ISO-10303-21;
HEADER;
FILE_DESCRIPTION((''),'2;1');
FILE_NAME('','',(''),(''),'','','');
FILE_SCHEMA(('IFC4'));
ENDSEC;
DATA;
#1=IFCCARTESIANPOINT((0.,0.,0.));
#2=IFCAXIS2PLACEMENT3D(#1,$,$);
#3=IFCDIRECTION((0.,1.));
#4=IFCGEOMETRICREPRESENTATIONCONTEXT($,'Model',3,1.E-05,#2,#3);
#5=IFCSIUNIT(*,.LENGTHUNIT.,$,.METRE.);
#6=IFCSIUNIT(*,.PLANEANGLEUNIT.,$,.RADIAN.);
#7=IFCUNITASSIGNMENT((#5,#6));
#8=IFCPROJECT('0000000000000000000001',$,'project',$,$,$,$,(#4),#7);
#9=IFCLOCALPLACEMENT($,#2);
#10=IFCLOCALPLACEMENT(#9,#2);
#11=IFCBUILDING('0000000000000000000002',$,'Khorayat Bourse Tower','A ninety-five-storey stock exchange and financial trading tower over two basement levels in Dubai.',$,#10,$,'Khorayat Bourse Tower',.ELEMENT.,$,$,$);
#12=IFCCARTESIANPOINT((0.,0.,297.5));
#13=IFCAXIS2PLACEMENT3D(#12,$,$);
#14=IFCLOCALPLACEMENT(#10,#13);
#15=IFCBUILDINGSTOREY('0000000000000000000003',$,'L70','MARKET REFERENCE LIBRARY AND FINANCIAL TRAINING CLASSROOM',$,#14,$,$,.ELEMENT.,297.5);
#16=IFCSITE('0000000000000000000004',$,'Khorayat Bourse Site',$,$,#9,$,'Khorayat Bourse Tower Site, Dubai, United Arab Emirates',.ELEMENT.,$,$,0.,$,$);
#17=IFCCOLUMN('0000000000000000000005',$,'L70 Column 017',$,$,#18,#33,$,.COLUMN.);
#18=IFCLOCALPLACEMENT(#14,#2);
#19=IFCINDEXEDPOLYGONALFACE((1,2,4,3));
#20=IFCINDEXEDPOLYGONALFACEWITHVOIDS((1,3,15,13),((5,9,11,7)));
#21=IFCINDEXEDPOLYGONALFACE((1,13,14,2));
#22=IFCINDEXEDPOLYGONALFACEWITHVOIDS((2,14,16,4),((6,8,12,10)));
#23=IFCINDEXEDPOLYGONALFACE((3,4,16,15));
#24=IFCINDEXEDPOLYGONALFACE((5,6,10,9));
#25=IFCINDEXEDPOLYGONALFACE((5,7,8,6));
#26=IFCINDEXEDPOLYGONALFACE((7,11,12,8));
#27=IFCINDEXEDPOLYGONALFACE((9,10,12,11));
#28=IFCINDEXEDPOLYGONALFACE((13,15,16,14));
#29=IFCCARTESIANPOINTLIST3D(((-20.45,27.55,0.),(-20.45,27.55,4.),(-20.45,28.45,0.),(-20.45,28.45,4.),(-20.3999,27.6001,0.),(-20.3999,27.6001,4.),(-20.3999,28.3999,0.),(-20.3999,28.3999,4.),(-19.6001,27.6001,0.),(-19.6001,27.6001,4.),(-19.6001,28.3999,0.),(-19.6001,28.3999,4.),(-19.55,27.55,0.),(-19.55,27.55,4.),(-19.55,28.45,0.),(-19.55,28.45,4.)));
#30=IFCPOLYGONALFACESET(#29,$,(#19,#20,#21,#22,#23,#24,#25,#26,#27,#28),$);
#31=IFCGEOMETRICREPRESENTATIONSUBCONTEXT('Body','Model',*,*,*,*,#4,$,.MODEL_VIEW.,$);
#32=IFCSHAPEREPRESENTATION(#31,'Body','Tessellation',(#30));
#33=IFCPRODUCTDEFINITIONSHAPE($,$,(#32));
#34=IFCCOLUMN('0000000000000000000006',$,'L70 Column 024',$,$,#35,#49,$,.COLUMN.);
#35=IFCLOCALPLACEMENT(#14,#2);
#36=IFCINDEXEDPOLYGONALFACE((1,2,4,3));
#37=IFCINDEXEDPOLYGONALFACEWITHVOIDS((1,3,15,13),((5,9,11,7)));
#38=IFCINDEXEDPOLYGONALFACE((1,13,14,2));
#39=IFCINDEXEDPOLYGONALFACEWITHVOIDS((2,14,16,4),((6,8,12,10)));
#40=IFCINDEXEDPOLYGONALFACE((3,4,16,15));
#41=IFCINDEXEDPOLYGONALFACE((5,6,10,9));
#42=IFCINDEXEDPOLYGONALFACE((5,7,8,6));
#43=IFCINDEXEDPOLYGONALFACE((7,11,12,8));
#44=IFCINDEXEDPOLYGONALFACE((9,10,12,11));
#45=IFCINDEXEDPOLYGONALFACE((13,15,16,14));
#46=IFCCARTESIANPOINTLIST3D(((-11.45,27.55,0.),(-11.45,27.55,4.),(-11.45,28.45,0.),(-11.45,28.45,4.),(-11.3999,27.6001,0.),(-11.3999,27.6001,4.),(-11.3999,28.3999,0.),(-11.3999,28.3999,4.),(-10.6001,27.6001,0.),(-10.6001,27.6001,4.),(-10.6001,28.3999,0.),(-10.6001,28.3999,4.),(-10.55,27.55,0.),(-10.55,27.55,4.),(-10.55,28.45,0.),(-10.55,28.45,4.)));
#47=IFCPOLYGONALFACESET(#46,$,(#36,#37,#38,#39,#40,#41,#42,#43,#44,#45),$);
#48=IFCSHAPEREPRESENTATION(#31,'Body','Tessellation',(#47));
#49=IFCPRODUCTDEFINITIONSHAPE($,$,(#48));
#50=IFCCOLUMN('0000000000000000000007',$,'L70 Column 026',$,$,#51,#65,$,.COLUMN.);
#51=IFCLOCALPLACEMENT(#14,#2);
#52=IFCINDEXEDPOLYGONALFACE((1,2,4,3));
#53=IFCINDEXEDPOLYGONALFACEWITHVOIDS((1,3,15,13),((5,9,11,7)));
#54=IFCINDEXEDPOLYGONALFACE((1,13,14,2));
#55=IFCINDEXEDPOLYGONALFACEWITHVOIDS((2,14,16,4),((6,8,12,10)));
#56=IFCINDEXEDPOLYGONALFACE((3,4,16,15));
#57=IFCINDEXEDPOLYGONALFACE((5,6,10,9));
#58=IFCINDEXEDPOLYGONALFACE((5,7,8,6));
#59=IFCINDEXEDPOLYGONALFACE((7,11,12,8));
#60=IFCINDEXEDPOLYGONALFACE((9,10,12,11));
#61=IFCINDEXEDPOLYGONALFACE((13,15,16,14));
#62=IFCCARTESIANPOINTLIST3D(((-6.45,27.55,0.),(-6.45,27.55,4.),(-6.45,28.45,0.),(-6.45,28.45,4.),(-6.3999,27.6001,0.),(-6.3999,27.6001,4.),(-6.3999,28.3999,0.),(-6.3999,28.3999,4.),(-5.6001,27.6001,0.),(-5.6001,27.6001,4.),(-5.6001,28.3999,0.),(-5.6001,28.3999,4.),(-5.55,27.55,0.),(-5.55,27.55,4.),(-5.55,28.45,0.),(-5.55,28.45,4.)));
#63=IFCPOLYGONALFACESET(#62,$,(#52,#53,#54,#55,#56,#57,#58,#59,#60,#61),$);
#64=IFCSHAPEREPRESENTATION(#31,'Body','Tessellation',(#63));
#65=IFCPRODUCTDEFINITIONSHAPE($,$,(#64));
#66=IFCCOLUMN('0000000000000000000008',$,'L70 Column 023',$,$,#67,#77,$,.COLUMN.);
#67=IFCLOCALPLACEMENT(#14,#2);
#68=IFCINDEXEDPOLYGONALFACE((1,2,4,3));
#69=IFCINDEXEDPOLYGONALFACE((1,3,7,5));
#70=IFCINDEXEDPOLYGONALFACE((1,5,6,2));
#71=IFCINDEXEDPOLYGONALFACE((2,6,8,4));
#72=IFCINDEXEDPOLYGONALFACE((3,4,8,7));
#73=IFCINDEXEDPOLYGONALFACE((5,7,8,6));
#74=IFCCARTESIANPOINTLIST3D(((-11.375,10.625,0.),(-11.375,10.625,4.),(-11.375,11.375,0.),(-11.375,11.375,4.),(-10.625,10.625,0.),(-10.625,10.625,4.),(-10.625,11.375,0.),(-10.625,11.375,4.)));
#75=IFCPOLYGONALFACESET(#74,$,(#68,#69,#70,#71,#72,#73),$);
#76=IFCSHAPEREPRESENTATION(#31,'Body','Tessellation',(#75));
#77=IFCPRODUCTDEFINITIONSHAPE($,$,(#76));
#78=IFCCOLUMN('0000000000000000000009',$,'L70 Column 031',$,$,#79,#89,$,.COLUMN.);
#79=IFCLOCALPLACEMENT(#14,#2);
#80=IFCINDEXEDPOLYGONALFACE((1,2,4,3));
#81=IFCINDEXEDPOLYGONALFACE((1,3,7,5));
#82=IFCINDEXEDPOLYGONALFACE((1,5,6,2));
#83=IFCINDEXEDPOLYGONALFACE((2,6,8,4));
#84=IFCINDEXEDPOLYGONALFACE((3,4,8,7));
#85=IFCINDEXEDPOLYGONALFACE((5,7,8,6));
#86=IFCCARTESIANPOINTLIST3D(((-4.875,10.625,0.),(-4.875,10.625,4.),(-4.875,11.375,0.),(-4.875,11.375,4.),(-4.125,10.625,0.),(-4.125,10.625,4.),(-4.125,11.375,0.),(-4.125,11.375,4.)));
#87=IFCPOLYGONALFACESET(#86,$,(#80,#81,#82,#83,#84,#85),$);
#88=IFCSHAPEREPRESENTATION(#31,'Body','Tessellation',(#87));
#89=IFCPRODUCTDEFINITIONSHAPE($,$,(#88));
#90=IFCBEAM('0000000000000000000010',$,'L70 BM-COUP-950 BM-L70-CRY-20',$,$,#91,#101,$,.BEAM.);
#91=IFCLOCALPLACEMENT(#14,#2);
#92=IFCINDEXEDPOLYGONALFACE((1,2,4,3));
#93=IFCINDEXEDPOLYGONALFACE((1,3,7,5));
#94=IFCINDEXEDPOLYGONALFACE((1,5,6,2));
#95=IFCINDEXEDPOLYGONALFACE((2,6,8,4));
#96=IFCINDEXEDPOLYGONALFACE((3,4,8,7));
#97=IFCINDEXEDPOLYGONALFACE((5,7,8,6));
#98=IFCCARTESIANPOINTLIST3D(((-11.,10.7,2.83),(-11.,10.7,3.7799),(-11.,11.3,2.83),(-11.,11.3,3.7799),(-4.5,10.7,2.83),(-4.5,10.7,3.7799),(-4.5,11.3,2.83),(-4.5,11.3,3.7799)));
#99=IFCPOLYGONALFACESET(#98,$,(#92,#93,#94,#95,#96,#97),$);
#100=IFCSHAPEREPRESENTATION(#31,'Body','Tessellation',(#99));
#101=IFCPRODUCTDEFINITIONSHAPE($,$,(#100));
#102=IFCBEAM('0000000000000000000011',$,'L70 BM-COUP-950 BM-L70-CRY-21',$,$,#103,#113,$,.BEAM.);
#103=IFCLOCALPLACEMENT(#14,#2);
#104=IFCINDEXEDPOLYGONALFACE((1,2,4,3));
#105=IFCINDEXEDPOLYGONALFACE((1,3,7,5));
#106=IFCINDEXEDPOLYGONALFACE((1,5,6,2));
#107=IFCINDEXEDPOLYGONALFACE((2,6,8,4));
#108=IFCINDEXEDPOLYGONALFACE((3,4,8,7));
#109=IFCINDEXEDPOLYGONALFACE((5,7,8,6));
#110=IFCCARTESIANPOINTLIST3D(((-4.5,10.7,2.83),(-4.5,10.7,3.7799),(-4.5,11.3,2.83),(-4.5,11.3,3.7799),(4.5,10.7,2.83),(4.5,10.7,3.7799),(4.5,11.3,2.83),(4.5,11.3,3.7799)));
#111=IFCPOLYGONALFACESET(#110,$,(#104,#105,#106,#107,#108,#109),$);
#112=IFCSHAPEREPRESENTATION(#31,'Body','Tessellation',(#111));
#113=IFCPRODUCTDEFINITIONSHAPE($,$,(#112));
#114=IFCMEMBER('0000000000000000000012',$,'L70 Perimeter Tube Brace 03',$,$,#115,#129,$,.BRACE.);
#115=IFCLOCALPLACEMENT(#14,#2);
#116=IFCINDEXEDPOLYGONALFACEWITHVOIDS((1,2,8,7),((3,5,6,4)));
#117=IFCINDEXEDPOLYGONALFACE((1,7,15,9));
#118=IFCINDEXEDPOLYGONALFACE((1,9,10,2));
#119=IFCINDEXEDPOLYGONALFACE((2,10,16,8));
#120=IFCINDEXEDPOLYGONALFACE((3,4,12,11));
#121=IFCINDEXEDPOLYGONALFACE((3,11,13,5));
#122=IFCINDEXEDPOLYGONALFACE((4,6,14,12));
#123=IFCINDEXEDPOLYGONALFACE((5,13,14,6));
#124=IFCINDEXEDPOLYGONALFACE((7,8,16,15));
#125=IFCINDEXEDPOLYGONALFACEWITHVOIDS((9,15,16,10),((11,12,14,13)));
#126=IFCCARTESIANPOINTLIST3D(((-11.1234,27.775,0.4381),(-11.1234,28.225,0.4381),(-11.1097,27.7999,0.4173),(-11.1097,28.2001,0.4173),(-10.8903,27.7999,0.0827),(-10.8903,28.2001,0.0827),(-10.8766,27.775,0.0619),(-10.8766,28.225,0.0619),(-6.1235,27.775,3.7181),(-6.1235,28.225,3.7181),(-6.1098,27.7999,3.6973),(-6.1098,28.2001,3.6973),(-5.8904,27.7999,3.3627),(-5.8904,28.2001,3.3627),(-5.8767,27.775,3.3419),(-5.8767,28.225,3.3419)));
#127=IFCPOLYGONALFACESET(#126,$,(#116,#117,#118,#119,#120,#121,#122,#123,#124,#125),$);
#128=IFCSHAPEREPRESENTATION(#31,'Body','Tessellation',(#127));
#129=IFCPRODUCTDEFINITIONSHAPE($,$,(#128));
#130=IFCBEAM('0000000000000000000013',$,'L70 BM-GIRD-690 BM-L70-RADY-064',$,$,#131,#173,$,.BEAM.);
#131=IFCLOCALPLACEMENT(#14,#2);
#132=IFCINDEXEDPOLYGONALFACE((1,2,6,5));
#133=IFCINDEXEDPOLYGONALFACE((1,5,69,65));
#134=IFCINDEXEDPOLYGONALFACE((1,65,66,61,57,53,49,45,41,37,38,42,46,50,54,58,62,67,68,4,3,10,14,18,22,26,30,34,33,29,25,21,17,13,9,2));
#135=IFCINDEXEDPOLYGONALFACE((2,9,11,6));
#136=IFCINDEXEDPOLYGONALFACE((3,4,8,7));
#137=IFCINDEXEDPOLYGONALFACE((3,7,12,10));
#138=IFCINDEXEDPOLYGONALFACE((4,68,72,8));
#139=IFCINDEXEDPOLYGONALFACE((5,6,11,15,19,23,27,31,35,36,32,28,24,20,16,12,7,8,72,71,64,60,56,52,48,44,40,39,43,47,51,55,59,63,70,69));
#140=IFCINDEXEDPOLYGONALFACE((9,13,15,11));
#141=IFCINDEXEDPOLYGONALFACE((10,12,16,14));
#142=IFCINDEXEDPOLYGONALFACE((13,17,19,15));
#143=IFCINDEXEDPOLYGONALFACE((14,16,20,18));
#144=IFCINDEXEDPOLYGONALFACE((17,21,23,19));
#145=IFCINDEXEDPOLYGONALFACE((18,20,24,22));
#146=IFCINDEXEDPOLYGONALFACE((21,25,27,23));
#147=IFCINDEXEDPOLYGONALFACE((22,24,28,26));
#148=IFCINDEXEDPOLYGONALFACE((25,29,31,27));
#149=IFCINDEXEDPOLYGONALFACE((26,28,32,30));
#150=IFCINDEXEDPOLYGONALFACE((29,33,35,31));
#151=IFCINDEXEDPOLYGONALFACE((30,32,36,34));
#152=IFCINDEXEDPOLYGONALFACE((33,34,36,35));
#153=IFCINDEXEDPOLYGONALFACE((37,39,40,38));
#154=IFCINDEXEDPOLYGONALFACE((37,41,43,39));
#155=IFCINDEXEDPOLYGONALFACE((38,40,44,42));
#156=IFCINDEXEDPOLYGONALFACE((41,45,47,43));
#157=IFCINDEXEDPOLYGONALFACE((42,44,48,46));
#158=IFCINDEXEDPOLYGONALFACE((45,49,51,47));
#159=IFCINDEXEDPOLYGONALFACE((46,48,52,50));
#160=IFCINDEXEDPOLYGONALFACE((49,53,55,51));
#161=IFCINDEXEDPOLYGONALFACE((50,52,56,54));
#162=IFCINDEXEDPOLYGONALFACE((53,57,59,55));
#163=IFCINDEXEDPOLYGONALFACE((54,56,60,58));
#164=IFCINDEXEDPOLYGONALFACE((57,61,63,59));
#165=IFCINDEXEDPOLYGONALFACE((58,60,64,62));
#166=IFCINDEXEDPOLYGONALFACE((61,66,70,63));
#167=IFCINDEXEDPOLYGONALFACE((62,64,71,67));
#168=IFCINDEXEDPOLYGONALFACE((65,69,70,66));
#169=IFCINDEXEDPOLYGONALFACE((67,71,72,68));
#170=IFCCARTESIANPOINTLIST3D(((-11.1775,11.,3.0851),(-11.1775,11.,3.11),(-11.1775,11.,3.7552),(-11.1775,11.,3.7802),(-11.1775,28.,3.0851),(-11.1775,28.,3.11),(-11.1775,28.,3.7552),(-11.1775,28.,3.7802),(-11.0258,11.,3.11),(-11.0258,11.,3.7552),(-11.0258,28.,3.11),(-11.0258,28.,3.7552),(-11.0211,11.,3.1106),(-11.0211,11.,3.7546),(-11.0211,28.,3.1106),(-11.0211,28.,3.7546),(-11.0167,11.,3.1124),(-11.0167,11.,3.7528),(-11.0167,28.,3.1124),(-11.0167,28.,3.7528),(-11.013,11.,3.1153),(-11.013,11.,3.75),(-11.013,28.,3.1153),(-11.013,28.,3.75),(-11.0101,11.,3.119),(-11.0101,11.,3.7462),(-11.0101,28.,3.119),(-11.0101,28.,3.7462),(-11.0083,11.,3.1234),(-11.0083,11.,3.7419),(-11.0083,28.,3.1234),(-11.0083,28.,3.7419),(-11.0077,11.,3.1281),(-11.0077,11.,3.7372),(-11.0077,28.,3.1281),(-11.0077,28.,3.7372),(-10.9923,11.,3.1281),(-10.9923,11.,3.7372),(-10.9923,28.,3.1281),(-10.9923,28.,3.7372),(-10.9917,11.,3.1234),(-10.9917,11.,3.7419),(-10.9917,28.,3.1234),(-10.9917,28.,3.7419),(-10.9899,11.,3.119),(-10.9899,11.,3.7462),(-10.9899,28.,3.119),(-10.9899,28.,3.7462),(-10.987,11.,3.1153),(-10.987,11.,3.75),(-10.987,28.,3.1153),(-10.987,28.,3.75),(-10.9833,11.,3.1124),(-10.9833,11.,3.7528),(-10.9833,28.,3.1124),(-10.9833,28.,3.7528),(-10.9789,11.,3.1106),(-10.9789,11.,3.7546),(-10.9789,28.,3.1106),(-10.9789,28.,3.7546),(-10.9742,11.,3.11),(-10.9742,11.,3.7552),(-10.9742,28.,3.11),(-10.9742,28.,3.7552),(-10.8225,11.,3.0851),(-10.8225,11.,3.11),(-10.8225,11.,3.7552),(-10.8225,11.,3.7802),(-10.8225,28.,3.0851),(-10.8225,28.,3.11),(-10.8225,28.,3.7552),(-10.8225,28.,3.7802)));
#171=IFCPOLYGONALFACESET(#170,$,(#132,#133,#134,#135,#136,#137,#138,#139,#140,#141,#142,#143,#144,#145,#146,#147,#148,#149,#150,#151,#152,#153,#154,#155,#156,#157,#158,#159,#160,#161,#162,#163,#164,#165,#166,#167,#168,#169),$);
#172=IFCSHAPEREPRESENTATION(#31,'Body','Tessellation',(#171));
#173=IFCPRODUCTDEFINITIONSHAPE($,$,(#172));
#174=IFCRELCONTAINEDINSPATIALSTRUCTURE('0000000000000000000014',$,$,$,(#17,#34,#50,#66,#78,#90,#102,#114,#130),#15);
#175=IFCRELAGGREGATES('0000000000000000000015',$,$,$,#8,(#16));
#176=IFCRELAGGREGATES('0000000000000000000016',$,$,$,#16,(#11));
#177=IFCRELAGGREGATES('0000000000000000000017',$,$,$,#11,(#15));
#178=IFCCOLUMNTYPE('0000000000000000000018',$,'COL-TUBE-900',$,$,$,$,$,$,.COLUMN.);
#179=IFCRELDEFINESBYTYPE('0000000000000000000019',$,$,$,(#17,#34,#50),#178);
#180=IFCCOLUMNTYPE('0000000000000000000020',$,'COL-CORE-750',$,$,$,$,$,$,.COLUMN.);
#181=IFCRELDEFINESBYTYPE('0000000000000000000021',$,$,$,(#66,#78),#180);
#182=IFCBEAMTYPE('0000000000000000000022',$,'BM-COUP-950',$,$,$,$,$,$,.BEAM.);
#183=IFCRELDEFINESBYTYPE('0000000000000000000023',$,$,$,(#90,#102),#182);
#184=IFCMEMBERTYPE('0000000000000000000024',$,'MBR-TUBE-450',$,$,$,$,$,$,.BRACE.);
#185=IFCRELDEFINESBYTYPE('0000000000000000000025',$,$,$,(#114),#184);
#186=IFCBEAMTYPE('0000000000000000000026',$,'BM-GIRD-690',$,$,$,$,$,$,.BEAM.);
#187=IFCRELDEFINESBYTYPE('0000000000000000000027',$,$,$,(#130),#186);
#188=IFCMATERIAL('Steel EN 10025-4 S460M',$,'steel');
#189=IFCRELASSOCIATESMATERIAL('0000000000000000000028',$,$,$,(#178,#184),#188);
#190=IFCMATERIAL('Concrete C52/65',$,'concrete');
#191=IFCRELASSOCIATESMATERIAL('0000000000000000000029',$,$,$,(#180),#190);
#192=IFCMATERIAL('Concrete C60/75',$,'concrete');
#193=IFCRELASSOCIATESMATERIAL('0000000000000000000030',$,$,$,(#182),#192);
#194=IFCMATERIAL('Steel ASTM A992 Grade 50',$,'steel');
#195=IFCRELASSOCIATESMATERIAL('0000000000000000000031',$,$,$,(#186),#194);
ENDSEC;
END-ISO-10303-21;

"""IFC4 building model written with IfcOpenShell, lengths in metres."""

from ifc_helpers import new_model, si_unit, direction, frame, origin, origin_2d, place, context, subcontext, project, spatial, rectangle, hollow_rectangle, i_section, extrude, source, transform, mapped, material, material_profile, profile_set, type_object, element, save


model = new_model("IFC4")

# Units and contexts
model_context = context("Model", 3, precision=1e-05, world=origin(), true_north=direction((0.0, 1.0)))
body_context = subcontext(model_context, "Body", "Model", "MODEL_VIEW")
ifc_project = project(units=[si_unit("LENGTHUNIT", "METRE"), si_unit("PLANEANGLEUNIT", "RADIAN")], contexts=[model_context])

# Site, building, storey
site_placement = place(None, origin())
site = spatial("IfcSite", under=ifc_project, at=site_placement, Name="Khorayat Bourse Site", LongName="Khorayat Bourse Tower Site, Dubai, United Arab Emirates", CompositionType="ELEMENT", RefElevation=0.0)
building_placement = place(site_placement, origin())
building = spatial("IfcBuilding", under=site, at=building_placement, Name="Khorayat Bourse Tower", Description="A ninety-five-storey stock exchange and financial trading tower over two basement levels in Dubai.", LongName="Khorayat Bourse Tower", CompositionType="ELEMENT")
storey_placement = place(building_placement, frame((0.0, 0.0, 297.5)))
storey = spatial("IfcBuildingStorey", under=building, at=storey_placement, Name="L70", Description="MARKET REFERENCE LIBRARY AND FINANCIAL TRAINING CLASSROOM", CompositionType="ELEMENT", Elevation=297.5)

# Columns
ifc_material_1 = material(Name="Steel EN 10025-4 S460M", Category="steel")
ifc_material_profile_1 = material_profile(ifc_material_1, hollow_rectangle(XDim=0.8999, YDim=0.8999, WallThickness=0.05, at=origin_2d()), Name="BOX 900x900x50")
ifc_profile_set_1 = profile_set([ifc_material_profile_1], Name="Steel EN 10025-4 S460M")
column_type_1 = type_object("IfcColumnType", Name="COL-TUBE-900", PredefinedType="COLUMN", material=ifc_profile_set_1)
shared_shape_1 = source(origin(), body_context, "Body", "SweptSolid", [
    extrude(hollow_rectangle(XDim=0.8999, YDim=0.8999, WallThickness=0.05, at=origin_2d()), origin(), (0.0, 0.0, 1.0), 4.0),
])
for number, where, z_axis, x_axis, name in (
    (1, (-20.0, 28.0, 0.0), (0.0, 0.0, 1.0), (1.0, 0.0, 0.0), "L70 Column 017"),
    (2, (-11.0, 28.0, 0.0), (0.0, 0.0, 1.0), (1.0, 0.0, 0.0), "L70 Column 024"),
    (3, (-6.0, 28.0, 0.0), (0.0, 0.0, 1.0), (1.0, 0.0, 0.0), "L70 Column 026"),
):
    element("IfcColumn", number, at=place(storey_placement, frame(where, z_axis=z_axis, x_axis=x_axis)), inside=storey, type_object=column_type_1, Name=name, PredefinedType="COLUMN", context=body_context, shape_type="MappedRepresentation", body=[
        mapped(shared_shape_1, transform((0.0, 0.0, 0.0), scale=1.0)),
    ])
ifc_material_2 = material(Name="Concrete C52/65", Category="concrete")
ifc_material_profile_2 = material_profile(ifc_material_2, rectangle(XDim=0.75, YDim=0.75, at=origin_2d()), Name="RC 750x750")
ifc_profile_set_2 = profile_set([ifc_material_profile_2], Name="Concrete C52/65")
column_type_2 = type_object("IfcColumnType", Name="COL-CORE-750", PredefinedType="COLUMN", material=ifc_profile_set_2)
shared_shape_2 = source(origin(), body_context, "Body", "SweptSolid", [
    extrude(rectangle(XDim=0.75, YDim=0.75, at=origin_2d()), origin(), (0.0, 0.0, 1.0), 4.0),
])
for number, where, z_axis, x_axis, name in (
    (4, (-11.0, 11.0, 0.0), (0.0, 0.0, 1.0), (1.0, 0.0, 0.0), "L70 Column 023"),
    (5, (-4.5, 11.0, 0.0), (0.0, 0.0, 1.0), (1.0, 0.0, 0.0), "L70 Column 031"),
):
    element("IfcColumn", number, at=place(storey_placement, frame(where, z_axis=z_axis, x_axis=x_axis)), inside=storey, type_object=column_type_2, Name=name, PredefinedType="COLUMN", context=body_context, shape_type="MappedRepresentation", body=[
        mapped(shared_shape_2, transform((0.0, 0.0, 0.0), scale=1.0)),
    ])

# Beams
ifc_material_3 = material(Name="Concrete C60/75", Category="concrete")
ifc_material_profile_3 = material_profile(ifc_material_3, rectangle(XDim=0.6001, YDim=0.95, at=origin_2d()), Name="RC 600x950")
ifc_profile_set_3 = profile_set([ifc_material_profile_3], Name="Concrete C60/75")
beam_type_1 = type_object("IfcBeamType", Name="BM-COUP-950", PredefinedType="BEAM", material=ifc_profile_set_3)
shared_shape_3 = source(origin(), body_context, "Body", "SweptSolid", [
    extrude(rectangle(XDim=0.6001, YDim=0.95, at=origin_2d()), origin(), (0.0, 0.0, 1.0), 6.5),
])
beam_1_placement = place(storey_placement, frame((-11.0, 11.0, 3.3049), z_axis=(1.0, 0.0, 0.0), x_axis=(0.0, 1.0, 0.0)))
element("IfcBeam", 6, at=beam_1_placement, inside=storey, type_object=beam_type_1, Name="L70 BM-COUP-950 BM-L70-CRY-20", PredefinedType="BEAM", context=body_context, shape_type="MappedRepresentation", body=[
    mapped(shared_shape_3, transform((0.0, 0.0, 0.0), scale=1.0)),
])
shared_shape_4 = source(origin(), body_context, "Body", "SweptSolid", [
    extrude(rectangle(XDim=0.6001, YDim=0.95, at=origin_2d()), origin(), (0.0, 0.0, 1.0), 9.0),
])
beam_2_placement = place(storey_placement, frame((-4.5, 11.0, 3.3049), z_axis=(1.0, 0.0, 0.0), x_axis=(0.0, 1.0, 0.0)))
element("IfcBeam", 7, at=beam_2_placement, inside=storey, type_object=beam_type_1, Name="L70 BM-COUP-950 BM-L70-CRY-21", PredefinedType="BEAM", context=body_context, shape_type="MappedRepresentation", body=[
    mapped(shared_shape_4, transform((0.0, 0.0, 0.0), scale=1.0)),
])

# Member
ifc_material_profile_4 = material_profile(ifc_material_1, hollow_rectangle(XDim=0.45, YDim=0.45, WallThickness=0.0249, at=origin_2d()), Name="HSS 450x450x25")
ifc_profile_set_4 = profile_set([ifc_material_profile_4], Name="Steel EN 10025-4 S460M")
member_type_1 = type_object("IfcMemberType", Name="MBR-TUBE-450", PredefinedType="BRACE", material=ifc_profile_set_4)
shared_shape_5 = source(origin(), body_context, "Body", "SweptSolid", [
    extrude(hollow_rectangle(XDim=0.45, YDim=0.45, WallThickness=0.0249, at=origin_2d()), origin(), (0.0, 0.0, 1.0), 5.9797),
])
member_1_placement = place(storey_placement, frame((-11.0, 28.0, 0.25), z_axis=(0.836142, 0.0, 0.548514), x_axis=(0.0, 1.0, 0.0)))
element("IfcMember", 8, at=member_1_placement, inside=storey, type_object=member_type_1, Name="L70 Perimeter Tube Brace 03", PredefinedType="BRACE", context=body_context, shape_type="MappedRepresentation", body=[
    mapped(shared_shape_5, transform((0.0, 0.0, 0.0), scale=1.0)),
])

# Beam
ifc_material_4 = material(Name="Steel ASTM A992 Grade 50", Category="steel")
ifc_material_profile_5 = material_profile(ifc_material_4, i_section(OverallWidth=0.355, OverallDepth=0.6951, WebThickness=0.0154, FlangeThickness=0.0249, FilletRadius=0.0181, at=origin_2d()), Name="W690X217")
ifc_profile_set_5 = profile_set([ifc_material_profile_5], Name="Steel ASTM A992 Grade 50")
beam_type_2 = type_object("IfcBeamType", Name="BM-GIRD-690", PredefinedType="BEAM", material=ifc_profile_set_5)
shared_shape_6 = source(origin(), body_context, "Body", "SweptSolid", [
    extrude(i_section(OverallWidth=0.355, OverallDepth=0.6951, WebThickness=0.0154, FlangeThickness=0.0249, FilletRadius=0.0181, at=origin_2d()), origin(), (0.0, 0.0, 1.0), 17.0),
])
for number, where, z_axis, x_axis, name in (
    (9, (-11.0, 11.0, 3.4326), (0.0, 1.0, 0.0), (-1.0, 0.0, 0.0), "L70 BM-GIRD-690 BM-L70-RADY-064"),
):
    element("IfcBeam", number, at=place(storey_placement, frame(where, z_axis=z_axis, x_axis=x_axis)), inside=storey, type_object=beam_type_2, Name=name, PredefinedType="BEAM", context=body_context, shape_type="MappedRepresentation", body=[
        mapped(shared_shape_6, transform((0.0, 0.0, 0.0), scale=1.0)),
    ])

save(model, "model.ifc")
